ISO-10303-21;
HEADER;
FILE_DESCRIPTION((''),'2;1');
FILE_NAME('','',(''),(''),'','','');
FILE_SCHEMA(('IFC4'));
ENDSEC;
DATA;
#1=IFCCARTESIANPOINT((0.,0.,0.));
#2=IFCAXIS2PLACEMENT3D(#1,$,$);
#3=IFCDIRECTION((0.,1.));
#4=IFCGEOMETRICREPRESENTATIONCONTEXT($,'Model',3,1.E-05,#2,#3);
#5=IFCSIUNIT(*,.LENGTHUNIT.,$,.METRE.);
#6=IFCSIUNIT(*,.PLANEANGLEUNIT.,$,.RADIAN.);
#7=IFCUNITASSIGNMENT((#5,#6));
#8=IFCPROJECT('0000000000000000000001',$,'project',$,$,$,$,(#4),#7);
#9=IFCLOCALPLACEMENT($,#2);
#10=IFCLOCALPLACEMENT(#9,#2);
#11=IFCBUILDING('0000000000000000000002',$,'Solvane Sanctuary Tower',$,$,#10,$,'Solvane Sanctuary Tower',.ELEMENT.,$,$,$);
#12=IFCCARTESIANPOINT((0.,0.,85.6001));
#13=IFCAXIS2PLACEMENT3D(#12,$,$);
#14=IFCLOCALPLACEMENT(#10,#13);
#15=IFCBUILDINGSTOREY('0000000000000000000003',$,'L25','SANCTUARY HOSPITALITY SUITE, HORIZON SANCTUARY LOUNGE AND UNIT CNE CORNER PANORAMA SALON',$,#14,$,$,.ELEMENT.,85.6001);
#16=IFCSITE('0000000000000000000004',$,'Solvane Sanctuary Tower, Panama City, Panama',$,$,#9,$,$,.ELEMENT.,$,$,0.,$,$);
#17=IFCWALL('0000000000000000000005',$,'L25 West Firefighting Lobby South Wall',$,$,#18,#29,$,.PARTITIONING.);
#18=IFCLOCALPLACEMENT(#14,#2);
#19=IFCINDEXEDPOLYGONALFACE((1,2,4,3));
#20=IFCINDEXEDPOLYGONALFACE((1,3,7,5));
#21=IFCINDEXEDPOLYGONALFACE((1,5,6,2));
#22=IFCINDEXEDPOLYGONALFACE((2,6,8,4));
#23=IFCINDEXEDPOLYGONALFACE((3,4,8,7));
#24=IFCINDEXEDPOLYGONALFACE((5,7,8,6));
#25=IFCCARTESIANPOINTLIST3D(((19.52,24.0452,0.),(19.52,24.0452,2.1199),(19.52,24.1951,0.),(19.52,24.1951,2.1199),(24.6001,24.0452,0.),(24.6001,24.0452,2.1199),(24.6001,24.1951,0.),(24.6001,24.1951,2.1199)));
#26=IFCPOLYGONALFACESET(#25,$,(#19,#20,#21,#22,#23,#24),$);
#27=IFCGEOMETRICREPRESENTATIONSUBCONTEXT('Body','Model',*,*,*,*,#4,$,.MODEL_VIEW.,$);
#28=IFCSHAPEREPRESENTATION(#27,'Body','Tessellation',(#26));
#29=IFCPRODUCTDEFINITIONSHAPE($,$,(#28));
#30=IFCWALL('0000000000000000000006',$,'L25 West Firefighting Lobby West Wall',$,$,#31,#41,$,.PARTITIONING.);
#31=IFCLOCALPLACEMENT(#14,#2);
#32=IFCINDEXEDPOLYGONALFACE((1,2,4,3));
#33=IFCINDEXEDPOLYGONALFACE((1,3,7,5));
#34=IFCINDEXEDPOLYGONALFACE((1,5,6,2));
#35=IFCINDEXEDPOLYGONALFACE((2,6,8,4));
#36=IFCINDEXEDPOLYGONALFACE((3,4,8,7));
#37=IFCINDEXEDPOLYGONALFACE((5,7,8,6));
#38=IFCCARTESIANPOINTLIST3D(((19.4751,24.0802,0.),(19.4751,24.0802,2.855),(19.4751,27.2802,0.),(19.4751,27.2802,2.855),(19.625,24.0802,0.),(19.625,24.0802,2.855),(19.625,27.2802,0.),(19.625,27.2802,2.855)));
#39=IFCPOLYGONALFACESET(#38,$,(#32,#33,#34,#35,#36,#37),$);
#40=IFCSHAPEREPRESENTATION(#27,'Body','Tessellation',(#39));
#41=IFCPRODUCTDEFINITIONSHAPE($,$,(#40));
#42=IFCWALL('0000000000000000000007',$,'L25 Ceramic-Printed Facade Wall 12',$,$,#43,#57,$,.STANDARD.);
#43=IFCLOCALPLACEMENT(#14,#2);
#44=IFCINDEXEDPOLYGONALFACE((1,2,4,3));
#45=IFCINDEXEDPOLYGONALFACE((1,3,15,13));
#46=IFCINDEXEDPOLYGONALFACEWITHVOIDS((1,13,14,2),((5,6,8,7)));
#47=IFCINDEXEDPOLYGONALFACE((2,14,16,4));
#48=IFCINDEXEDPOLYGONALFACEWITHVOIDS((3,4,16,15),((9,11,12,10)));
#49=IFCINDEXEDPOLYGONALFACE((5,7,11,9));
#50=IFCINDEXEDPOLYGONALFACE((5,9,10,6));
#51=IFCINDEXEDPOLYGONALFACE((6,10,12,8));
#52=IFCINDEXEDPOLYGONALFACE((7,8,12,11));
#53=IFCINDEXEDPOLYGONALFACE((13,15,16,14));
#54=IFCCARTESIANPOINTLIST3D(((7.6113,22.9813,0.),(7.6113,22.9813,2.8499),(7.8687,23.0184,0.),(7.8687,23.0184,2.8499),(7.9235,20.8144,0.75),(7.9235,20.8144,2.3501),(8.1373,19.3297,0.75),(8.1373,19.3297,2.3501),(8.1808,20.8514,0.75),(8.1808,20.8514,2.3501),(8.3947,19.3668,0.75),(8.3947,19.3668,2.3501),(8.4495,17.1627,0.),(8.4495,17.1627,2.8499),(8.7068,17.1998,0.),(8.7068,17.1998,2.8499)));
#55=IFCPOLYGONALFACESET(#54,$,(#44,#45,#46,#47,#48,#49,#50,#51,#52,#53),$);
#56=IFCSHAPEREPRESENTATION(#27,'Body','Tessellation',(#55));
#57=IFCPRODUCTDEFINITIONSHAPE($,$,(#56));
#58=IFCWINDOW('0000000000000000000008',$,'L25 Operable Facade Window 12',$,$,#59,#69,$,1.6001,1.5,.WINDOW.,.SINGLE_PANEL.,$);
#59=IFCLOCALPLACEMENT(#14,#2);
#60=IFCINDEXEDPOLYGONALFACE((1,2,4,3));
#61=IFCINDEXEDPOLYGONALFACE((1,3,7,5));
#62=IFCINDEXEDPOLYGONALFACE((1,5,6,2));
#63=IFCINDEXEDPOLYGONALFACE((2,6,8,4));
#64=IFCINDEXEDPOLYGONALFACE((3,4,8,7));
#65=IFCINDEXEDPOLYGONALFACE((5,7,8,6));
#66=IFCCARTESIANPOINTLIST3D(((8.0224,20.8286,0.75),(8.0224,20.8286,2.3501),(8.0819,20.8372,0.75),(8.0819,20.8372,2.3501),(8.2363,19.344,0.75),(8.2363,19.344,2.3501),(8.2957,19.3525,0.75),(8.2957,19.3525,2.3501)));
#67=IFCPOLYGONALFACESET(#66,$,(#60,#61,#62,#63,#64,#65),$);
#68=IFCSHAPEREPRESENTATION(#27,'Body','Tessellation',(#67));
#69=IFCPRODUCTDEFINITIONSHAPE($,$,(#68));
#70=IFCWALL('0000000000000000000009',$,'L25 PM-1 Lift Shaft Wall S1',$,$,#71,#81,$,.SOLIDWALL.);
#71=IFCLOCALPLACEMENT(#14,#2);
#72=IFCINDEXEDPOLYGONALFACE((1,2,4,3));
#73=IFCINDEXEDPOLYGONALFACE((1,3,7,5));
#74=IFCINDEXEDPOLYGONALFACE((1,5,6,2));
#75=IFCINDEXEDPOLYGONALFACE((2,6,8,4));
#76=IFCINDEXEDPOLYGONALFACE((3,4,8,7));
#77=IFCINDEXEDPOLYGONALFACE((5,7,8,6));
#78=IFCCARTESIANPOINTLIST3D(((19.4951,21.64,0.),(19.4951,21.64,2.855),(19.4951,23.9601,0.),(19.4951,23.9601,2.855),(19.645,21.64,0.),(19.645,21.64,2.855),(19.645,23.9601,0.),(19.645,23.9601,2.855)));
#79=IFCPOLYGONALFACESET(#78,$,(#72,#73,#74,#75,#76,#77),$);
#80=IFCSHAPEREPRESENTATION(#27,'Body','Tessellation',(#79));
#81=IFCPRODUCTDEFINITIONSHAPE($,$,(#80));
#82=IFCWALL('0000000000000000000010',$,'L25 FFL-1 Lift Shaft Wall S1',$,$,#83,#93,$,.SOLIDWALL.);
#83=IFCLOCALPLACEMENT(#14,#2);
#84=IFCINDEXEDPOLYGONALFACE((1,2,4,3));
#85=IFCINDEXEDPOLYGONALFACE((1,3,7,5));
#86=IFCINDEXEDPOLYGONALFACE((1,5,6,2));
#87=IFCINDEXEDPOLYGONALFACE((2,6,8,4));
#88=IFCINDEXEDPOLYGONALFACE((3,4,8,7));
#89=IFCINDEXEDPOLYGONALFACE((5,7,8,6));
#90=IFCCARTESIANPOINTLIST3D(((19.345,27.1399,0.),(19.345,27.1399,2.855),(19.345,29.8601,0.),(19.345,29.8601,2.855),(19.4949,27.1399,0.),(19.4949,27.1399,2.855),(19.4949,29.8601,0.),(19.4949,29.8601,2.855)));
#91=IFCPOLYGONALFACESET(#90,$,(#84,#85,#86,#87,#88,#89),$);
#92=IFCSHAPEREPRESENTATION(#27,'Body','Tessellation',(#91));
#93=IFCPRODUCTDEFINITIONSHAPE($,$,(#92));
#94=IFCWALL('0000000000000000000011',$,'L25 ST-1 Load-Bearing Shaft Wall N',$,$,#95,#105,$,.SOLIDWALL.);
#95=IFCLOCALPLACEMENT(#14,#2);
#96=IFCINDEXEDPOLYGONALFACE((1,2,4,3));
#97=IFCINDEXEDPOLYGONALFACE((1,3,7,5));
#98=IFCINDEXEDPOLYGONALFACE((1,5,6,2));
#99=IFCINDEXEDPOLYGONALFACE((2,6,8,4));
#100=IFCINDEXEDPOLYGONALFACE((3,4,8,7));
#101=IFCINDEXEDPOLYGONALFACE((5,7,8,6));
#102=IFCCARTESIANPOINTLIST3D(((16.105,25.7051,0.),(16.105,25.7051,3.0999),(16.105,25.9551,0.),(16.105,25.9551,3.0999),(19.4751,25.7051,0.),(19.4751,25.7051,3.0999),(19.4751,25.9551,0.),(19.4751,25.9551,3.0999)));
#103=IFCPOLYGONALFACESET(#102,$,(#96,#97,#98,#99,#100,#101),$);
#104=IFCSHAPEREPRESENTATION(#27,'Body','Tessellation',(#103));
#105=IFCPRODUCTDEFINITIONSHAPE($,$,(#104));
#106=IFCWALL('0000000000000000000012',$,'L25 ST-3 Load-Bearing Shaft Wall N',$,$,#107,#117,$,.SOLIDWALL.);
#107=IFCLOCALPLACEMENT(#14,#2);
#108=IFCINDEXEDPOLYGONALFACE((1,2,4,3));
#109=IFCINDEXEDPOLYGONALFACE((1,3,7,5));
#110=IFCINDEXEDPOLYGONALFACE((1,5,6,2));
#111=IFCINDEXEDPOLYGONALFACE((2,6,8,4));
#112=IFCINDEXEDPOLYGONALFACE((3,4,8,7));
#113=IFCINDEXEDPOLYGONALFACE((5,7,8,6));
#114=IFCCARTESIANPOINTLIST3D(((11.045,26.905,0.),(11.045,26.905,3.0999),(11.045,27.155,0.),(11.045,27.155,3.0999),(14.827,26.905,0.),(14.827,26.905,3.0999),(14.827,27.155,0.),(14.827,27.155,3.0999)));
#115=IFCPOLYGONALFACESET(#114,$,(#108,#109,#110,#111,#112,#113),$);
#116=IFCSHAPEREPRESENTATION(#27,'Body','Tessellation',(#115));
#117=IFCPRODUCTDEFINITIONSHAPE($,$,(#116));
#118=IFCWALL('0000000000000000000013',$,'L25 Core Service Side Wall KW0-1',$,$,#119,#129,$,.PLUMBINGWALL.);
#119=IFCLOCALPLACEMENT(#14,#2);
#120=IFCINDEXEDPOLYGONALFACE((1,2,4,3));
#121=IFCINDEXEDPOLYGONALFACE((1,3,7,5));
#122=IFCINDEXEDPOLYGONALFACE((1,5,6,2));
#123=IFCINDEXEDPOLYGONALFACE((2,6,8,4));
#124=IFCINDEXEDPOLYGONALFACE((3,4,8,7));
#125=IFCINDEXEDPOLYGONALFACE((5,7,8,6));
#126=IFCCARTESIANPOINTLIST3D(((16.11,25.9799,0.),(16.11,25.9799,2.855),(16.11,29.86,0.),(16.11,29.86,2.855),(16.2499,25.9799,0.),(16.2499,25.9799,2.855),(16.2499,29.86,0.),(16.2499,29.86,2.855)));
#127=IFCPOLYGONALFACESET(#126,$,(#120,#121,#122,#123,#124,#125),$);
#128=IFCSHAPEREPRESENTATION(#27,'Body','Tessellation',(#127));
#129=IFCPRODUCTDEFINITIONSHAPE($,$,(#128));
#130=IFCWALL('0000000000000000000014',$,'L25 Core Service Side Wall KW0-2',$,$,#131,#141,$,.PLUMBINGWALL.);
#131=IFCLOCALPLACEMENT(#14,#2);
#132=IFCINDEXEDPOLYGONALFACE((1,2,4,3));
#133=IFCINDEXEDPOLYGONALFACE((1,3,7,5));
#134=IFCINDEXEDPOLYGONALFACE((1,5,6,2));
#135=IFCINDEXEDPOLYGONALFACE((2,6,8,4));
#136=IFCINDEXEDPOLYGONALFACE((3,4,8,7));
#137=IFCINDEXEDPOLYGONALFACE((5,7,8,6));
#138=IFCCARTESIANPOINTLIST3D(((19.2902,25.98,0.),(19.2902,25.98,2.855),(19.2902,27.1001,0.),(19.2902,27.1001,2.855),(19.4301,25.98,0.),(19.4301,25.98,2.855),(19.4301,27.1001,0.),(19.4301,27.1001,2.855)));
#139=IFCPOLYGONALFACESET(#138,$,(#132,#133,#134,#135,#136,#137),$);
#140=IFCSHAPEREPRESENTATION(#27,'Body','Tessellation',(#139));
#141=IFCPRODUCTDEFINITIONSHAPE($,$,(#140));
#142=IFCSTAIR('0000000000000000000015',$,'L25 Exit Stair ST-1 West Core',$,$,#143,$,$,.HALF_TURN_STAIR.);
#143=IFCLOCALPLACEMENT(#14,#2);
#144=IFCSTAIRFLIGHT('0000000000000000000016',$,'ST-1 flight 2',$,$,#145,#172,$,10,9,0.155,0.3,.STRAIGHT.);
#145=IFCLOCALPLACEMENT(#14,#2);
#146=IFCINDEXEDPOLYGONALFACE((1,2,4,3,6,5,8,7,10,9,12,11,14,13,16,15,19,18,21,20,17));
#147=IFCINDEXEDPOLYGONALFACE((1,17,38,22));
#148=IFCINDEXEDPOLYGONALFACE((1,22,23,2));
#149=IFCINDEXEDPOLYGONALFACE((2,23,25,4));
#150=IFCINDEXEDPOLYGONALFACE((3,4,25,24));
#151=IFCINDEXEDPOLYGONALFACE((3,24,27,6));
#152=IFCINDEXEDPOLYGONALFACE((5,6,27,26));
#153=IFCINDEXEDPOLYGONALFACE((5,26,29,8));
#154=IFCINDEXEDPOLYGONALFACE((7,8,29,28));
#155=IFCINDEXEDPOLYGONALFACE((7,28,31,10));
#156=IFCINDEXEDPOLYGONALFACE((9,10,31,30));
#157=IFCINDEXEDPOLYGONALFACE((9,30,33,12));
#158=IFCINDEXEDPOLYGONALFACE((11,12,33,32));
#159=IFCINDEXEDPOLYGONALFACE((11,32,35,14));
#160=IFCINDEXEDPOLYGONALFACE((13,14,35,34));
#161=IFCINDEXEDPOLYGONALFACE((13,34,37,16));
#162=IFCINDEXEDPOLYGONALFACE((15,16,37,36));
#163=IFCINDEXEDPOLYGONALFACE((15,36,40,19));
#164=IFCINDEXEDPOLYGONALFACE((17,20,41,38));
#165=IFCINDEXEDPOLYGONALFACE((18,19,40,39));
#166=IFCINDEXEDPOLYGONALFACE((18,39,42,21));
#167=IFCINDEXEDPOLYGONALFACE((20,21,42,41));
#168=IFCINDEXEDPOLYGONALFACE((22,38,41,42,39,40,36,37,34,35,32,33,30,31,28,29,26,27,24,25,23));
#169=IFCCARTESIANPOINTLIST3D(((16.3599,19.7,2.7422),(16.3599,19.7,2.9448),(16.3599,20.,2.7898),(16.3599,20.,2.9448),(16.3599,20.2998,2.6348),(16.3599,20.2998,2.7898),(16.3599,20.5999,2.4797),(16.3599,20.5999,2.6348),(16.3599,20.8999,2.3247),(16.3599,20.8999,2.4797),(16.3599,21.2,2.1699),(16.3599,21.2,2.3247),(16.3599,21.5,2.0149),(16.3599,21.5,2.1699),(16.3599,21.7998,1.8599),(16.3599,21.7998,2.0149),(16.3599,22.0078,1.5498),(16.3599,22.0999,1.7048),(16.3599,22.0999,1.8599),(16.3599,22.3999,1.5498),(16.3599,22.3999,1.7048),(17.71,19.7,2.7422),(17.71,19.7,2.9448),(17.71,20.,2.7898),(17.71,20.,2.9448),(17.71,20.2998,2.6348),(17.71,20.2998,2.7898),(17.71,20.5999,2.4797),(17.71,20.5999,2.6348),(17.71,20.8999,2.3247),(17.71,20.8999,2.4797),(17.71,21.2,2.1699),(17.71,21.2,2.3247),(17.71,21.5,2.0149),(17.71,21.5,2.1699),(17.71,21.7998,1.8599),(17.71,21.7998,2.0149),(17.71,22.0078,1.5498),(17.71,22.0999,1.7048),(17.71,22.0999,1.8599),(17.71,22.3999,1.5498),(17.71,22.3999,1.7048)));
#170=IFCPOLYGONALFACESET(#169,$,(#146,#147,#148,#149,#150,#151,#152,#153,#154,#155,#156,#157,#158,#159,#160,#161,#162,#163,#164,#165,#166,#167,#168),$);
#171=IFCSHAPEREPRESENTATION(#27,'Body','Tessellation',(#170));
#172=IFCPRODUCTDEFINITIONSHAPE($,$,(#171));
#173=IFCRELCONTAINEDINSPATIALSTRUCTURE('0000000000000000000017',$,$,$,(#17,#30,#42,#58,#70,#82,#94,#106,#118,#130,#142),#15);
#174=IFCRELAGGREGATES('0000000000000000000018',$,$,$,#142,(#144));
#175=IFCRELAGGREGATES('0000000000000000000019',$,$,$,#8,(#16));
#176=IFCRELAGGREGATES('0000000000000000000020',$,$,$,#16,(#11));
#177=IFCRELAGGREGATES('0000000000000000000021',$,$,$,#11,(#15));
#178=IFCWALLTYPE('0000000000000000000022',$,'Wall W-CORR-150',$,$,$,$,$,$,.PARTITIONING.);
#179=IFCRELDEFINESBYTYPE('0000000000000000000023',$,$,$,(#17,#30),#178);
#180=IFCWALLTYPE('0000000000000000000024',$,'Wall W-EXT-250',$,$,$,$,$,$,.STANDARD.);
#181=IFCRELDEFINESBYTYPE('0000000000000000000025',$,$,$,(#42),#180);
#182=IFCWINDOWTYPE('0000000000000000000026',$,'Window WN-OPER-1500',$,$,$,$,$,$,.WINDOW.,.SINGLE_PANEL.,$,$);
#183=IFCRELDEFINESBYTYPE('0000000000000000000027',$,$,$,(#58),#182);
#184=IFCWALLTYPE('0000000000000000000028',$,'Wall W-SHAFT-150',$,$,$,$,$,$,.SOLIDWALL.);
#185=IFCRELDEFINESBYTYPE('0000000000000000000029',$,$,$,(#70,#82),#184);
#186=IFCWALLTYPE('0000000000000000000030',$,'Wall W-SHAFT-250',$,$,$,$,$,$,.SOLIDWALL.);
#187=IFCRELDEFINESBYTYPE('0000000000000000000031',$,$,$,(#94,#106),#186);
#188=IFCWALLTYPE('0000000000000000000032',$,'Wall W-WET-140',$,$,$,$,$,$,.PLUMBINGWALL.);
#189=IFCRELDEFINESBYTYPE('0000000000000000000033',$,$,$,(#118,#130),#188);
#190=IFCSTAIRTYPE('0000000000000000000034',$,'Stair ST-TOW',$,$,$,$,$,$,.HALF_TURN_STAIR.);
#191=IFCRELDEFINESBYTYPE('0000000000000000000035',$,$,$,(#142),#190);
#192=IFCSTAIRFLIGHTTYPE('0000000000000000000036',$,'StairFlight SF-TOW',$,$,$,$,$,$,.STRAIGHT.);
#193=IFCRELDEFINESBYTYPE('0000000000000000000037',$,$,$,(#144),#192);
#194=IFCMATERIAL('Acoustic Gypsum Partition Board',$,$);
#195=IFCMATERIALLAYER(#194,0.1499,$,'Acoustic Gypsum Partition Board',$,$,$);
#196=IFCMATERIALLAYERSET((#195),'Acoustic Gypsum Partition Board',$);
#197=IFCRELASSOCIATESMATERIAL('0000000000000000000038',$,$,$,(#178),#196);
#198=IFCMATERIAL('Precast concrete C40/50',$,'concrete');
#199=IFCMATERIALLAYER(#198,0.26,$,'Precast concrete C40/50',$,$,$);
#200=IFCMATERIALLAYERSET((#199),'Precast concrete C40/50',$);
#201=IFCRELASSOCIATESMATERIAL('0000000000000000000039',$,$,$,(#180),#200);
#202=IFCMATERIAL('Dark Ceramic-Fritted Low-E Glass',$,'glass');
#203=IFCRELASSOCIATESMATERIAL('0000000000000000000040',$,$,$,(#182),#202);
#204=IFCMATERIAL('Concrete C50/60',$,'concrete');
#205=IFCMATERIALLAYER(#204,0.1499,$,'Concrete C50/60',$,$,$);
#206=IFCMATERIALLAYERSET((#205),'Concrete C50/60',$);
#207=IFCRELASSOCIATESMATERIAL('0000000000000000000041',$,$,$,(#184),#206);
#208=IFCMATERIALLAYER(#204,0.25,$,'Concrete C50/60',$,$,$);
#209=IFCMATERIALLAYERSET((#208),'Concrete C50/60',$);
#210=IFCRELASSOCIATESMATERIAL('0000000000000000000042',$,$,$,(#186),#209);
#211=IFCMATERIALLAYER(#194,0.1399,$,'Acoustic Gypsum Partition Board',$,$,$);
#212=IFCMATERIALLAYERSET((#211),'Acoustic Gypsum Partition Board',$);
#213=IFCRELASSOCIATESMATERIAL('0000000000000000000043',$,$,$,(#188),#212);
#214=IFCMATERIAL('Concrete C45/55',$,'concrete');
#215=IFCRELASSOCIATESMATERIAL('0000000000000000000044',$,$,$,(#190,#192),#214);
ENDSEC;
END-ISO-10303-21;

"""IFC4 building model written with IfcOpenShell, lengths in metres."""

from ifc_helpers import new_model, si_unit, direction, frame, frame_2d, origin, place, context, subcontext, project, spatial, polyline, rectangle, outline, extrude, material, layer, layer_set, type_object, element, fill, aggregate, save


model = new_model("IFC4")

# Units and contexts
model_context = context("Model", 3, precision=1e-05, world=origin(), true_north=direction((0.0, 1.0)))
body_context = subcontext(model_context, "Body", "Model", "MODEL_VIEW")
ifc_project = project(units=[si_unit("LENGTHUNIT", "METRE"), si_unit("PLANEANGLEUNIT", "RADIAN")], contexts=[model_context])

# Site, building, storey
site_placement = place(None, origin())
site = spatial("IfcSite", under=ifc_project, at=site_placement, Name="Solvane Sanctuary Tower, Panama City, Panama", CompositionType="ELEMENT", RefElevation=0.0)
building_placement = place(site_placement, origin())
building = spatial("IfcBuilding", under=site, at=building_placement, Name="Solvane Sanctuary Tower", LongName="Solvane Sanctuary Tower", CompositionType="ELEMENT")
storey_placement = place(building_placement, frame((0.0, 0.0, 85.6001)))
storey = spatial("IfcBuildingStorey", under=building, at=storey_placement, Name="L25", Description="SANCTUARY HOSPITALITY SUITE, HORIZON SANCTUARY LOUNGE AND UNIT CNE CORNER PANORAMA SALON", CompositionType="ELEMENT", Elevation=85.6001)

# Walls
ifc_material_1 = material(Name="Acoustic Gypsum Partition Board")
ifc_layer_1 = layer(ifc_material_1, 0.1499, Name="Acoustic Gypsum Partition Board")
ifc_layer_set_1 = layer_set([ifc_layer_1], Name="Acoustic Gypsum Partition Board")
wall_type_1 = type_object("IfcWallType", Name="Wall W-CORR-150", PredefinedType="PARTITIONING", material=ifc_layer_set_1)
wall_1_placement = place(storey_placement, frame((19.52, 24.1201, 0.0), z_axis=(0.0, 0.0, 1.0), x_axis=(1.0, 0.0, 0.0)))
element("IfcWall", 1, at=wall_1_placement, inside=storey, type_object=wall_type_1, Name="L25 West Firefighting Lobby South Wall", PredefinedType="PARTITIONING", context=body_context, shape_type="SweptSolid", body=[
    extrude(rectangle(XDim=5.0801, YDim=0.1499, at=frame_2d((2.54, 0.0))), origin(), (0.0, 0.0, 1.0), 2.1199),
])
wall_2_placement = place(storey_placement, frame((19.55, 24.0801, 0.0), z_axis=(0.0, 0.0, 1.0), x_axis=(0.0, 1.0, 0.0)))
element("IfcWall", 2, at=wall_2_placement, inside=storey, type_object=wall_type_1, Name="L25 West Firefighting Lobby West Wall", PredefinedType="PARTITIONING", context=body_context, shape_type="SweptSolid", body=[
    extrude(rectangle(XDim=3.2, YDim=0.1499, at=frame_2d((1.6001, 0.0))), origin(), (0.0, 0.0, 1.0), 2.855),
])

# Wall, opening, window
ifc_material_2 = material(Name="Precast concrete C40/50", Category="concrete")
ifc_layer_2 = layer(ifc_material_2, 0.26, Name="Precast concrete C40/50")
ifc_layer_set_2 = layer_set([ifc_layer_2], Name="Precast concrete C40/50")
wall_type_2 = type_object("IfcWallType", Name="Wall W-EXT-250", PredefinedType="STANDARD", material=ifc_layer_set_2)
wall_3_placement = place(storey_placement, frame((7.74, 23.0, 0.0), z_axis=(0.0, 0.0, 1.0), x_axis=(0.142572, -0.989784, 0.0)))
wall_3 = element("IfcWall", 3, at=wall_3_placement, inside=storey, type_object=wall_type_2, Name="L25 Ceramic-Printed Facade Wall 12", PredefinedType="STANDARD", context=body_context, shape_type="SweptSolid", body=[
    extrude(rectangle(XDim=5.8787, YDim=0.26, at=frame_2d((2.9395, 0.0))), origin(), (0.0, 0.0, 1.0), 2.8499),
])
opening_placement = place(wall_3_placement, frame((2.1895, 0.0, 0.75)))
opening = element("IfcOpeningElement", 4, at=opening_placement, cuts=wall_3, PredefinedType="OPENING", context=body_context, shape_type="SweptSolid", body=[
    extrude(rectangle(XDim=1.5, YDim=1.6001, at=frame_2d((0.75, 0.8))), frame((0.0, 0.1399, 0.0), z_axis=(0.0, -1.0, 0.0), x_axis=(1.0, 0.0, 0.0)), (0.0, 0.0, 1.0), 0.28),
])
ifc_material_3 = material(Name="Dark Ceramic-Fritted Low-E Glass", Category="glass")
window_type = type_object("IfcWindowType", Name="Window WN-OPER-1500", PartitioningType="SINGLE_PANEL", PredefinedType="WINDOW", material=ifc_material_3)
window_placement = place(opening_placement, origin())
window = element("IfcWindow", 5, at=window_placement, inside=storey, type_object=window_type, Name="L25 Operable Facade Window 12", OverallHeight=1.6001, OverallWidth=1.5, PartitioningType="SINGLE_PANEL", PredefinedType="WINDOW", context=body_context, shape_type="SweptSolid", body=[
    extrude(rectangle(XDim=1.5, YDim=1.6001, at=frame_2d((0.75, 0.8))), frame((0.0, 0.03, 0.0), z_axis=(0.0, -1.0, 0.0), x_axis=(1.0, 0.0, 0.0)), (0.0, 0.0, 1.0), 0.0601),
])
fill(opening, window)

# Walls
ifc_material_4 = material(Name="Concrete C50/60", Category="concrete")
ifc_layer_3 = layer(ifc_material_4, 0.1499, Name="Concrete C50/60")
ifc_layer_set_3 = layer_set([ifc_layer_3], Name="Concrete C50/60")
wall_type_3 = type_object("IfcWallType", Name="Wall W-SHAFT-150", PredefinedType="SOLIDWALL", material=ifc_layer_set_3)
wall_4_placement = place(storey_placement, frame((19.5701, 21.6399, 0.0), z_axis=(0.0, 0.0, 1.0), x_axis=(0.0, 1.0, 0.0)))
element("IfcWall", 6, at=wall_4_placement, inside=storey, type_object=wall_type_3, Name="L25 PM-1 Lift Shaft Wall S1", PredefinedType="SOLIDWALL", context=body_context, shape_type="SweptSolid", body=[
    extrude(rectangle(XDim=2.3201, YDim=0.1499, at=frame_2d((1.1602, 0.0))), origin(), (0.0, 0.0, 1.0), 2.855),
])
wall_5_placement = place(storey_placement, frame((19.4199, 27.1399, 0.0), z_axis=(0.0, 0.0, 1.0), x_axis=(0.0, 1.0, 0.0)))
element("IfcWall", 7, at=wall_5_placement, inside=storey, type_object=wall_type_3, Name="L25 FFL-1 Lift Shaft Wall S1", PredefinedType="SOLIDWALL", context=body_context, shape_type="SweptSolid", body=[
    extrude(rectangle(XDim=2.7202, YDim=0.1499, at=frame_2d((1.3601, 0.0))), origin(), (0.0, 0.0, 1.0), 2.855),
])
ifc_layer_4 = layer(ifc_material_4, 0.25, Name="Concrete C50/60")
ifc_layer_set_4 = layer_set([ifc_layer_4], Name="Concrete C50/60")
wall_type_4 = type_object("IfcWallType", Name="Wall W-SHAFT-250", PredefinedType="SOLIDWALL", material=ifc_layer_set_4)
wall_6_placement = place(storey_placement, frame((16.105, 25.8301, 0.0), z_axis=(0.0, 0.0, 1.0), x_axis=(1.0, 0.0, 0.0)))
element("IfcWall", 8, at=wall_6_placement, inside=storey, type_object=wall_type_4, Name="L25 ST-1 Load-Bearing Shaft Wall N", PredefinedType="SOLIDWALL", context=body_context, shape_type="SweptSolid", body=[
    extrude(rectangle(XDim=3.3701, YDim=0.25, at=frame_2d((1.6851, 0.0))), origin(), (0.0, 0.0, 1.0), 3.0999),
])
wall_7_placement = place(storey_placement, frame((11.0449, 27.03, 0.0), z_axis=(0.0, 0.0, 1.0), x_axis=(1.0, 0.0, 0.0)))
element("IfcWall", 9, at=wall_7_placement, inside=storey, type_object=wall_type_4, Name="L25 ST-3 Load-Bearing Shaft Wall N", PredefinedType="SOLIDWALL", context=body_context, shape_type="SweptSolid", body=[
    extrude(rectangle(XDim=3.782, YDim=0.25, at=frame_2d((1.8911, 0.0))), origin(), (0.0, 0.0, 1.0), 3.0999),
])
ifc_layer_5 = layer(ifc_material_1, 0.1399, Name="Acoustic Gypsum Partition Board")
ifc_layer_set_5 = layer_set([ifc_layer_5], Name="Acoustic Gypsum Partition Board")
wall_type_5 = type_object("IfcWallType", Name="Wall W-WET-140", PredefinedType="PLUMBINGWALL", material=ifc_layer_set_5)
wall_8_placement = place(storey_placement, frame((16.1799, 25.98, 0.0), z_axis=(0.0, 0.0, 1.0), x_axis=(0.0, 1.0, 0.0)))
element("IfcWall", 10, at=wall_8_placement, inside=storey, type_object=wall_type_5, Name="L25 Core Service Side Wall KW0-1", PredefinedType="PLUMBINGWALL", context=body_context, shape_type="SweptSolid", body=[
    extrude(rectangle(XDim=3.8801, YDim=0.1399, at=frame_2d((1.9399, 0.0))), origin(), (0.0, 0.0, 1.0), 2.855),
])
wall_9_placement = place(storey_placement, frame((19.3601, 25.98, 0.0), z_axis=(0.0, 0.0, 1.0), x_axis=(0.0, 1.0, 0.0)))
element("IfcWall", 11, at=wall_9_placement, inside=storey, type_object=wall_type_5, Name="L25 Core Service Side Wall KW0-2", PredefinedType="PLUMBINGWALL", context=body_context, shape_type="SweptSolid", body=[
    extrude(rectangle(XDim=1.1201, YDim=0.1399, at=frame_2d((0.5601, 0.0))), origin(), (0.0, 0.0, 1.0), 2.855),
])

# Stair, stair flight
ifc_material_5 = material(Name="Concrete C45/55", Category="concrete")
stair_type = type_object("IfcStairType", Name="Stair ST-TOW", PredefinedType="HALF_TURN_STAIR", material=ifc_material_5)
stair_1_placement = place(storey_placement, origin())
stair_1 = element("IfcStair", 12, at=stair_1_placement, inside=storey, type_object=stair_type, Name="L25 Exit Stair ST-1 West Core", PredefinedType="HALF_TURN_STAIR")
stair_flight_type = type_object("IfcStairFlightType", Name="StairFlight SF-TOW", PredefinedType="STRAIGHT", material=ifc_material_5)
stair_flight_1_placement = place(storey_placement, frame((17.0349, 22.3999, 1.5498), z_axis=(0.0, 0.0, 1.0), x_axis=(0.0, -1.0, 0.0)))
stair_flight_1 = element("IfcStairFlight", 13, at=stair_flight_1_placement, type_object=stair_flight_type, Name="ST-1 flight 2", NumberOfRisers=10, NumberOfTreads=9, PredefinedType="STRAIGHT", RiserHeight=0.155, TreadLength=0.3, context=body_context, shape_type="SweptSolid", body=[
    extrude(outline(polyline([(0.0, 0.0), (0.0, 0.155), (0.3, 0.155), (0.3, 0.3101), (0.6001, 0.3101), (0.6001, 0.4651), (0.8999, 0.4651), (0.8999, 0.6201), (1.2, 0.6201), (1.2, 0.7749), (1.5, 0.7749), (1.5, 0.9299), (1.8, 0.9299), (1.8, 1.085), (2.1001, 1.085), (2.1001, 1.24), (2.3999, 1.24), (2.3999, 1.395), (2.7, 1.395), (2.7, 1.55), (2.7, 1.1924), (0.3921, 0.0), (0.0, 0.0)])), frame((0.0, 0.675, 0.0), z_axis=(0.0, -1.0, 0.0), x_axis=(1.0, 0.0, 0.0)), (0.0, 0.0, 1.0), 1.3501),
])
aggregate(stair_1, [stair_flight_1])

save(model, "model.ifc")
